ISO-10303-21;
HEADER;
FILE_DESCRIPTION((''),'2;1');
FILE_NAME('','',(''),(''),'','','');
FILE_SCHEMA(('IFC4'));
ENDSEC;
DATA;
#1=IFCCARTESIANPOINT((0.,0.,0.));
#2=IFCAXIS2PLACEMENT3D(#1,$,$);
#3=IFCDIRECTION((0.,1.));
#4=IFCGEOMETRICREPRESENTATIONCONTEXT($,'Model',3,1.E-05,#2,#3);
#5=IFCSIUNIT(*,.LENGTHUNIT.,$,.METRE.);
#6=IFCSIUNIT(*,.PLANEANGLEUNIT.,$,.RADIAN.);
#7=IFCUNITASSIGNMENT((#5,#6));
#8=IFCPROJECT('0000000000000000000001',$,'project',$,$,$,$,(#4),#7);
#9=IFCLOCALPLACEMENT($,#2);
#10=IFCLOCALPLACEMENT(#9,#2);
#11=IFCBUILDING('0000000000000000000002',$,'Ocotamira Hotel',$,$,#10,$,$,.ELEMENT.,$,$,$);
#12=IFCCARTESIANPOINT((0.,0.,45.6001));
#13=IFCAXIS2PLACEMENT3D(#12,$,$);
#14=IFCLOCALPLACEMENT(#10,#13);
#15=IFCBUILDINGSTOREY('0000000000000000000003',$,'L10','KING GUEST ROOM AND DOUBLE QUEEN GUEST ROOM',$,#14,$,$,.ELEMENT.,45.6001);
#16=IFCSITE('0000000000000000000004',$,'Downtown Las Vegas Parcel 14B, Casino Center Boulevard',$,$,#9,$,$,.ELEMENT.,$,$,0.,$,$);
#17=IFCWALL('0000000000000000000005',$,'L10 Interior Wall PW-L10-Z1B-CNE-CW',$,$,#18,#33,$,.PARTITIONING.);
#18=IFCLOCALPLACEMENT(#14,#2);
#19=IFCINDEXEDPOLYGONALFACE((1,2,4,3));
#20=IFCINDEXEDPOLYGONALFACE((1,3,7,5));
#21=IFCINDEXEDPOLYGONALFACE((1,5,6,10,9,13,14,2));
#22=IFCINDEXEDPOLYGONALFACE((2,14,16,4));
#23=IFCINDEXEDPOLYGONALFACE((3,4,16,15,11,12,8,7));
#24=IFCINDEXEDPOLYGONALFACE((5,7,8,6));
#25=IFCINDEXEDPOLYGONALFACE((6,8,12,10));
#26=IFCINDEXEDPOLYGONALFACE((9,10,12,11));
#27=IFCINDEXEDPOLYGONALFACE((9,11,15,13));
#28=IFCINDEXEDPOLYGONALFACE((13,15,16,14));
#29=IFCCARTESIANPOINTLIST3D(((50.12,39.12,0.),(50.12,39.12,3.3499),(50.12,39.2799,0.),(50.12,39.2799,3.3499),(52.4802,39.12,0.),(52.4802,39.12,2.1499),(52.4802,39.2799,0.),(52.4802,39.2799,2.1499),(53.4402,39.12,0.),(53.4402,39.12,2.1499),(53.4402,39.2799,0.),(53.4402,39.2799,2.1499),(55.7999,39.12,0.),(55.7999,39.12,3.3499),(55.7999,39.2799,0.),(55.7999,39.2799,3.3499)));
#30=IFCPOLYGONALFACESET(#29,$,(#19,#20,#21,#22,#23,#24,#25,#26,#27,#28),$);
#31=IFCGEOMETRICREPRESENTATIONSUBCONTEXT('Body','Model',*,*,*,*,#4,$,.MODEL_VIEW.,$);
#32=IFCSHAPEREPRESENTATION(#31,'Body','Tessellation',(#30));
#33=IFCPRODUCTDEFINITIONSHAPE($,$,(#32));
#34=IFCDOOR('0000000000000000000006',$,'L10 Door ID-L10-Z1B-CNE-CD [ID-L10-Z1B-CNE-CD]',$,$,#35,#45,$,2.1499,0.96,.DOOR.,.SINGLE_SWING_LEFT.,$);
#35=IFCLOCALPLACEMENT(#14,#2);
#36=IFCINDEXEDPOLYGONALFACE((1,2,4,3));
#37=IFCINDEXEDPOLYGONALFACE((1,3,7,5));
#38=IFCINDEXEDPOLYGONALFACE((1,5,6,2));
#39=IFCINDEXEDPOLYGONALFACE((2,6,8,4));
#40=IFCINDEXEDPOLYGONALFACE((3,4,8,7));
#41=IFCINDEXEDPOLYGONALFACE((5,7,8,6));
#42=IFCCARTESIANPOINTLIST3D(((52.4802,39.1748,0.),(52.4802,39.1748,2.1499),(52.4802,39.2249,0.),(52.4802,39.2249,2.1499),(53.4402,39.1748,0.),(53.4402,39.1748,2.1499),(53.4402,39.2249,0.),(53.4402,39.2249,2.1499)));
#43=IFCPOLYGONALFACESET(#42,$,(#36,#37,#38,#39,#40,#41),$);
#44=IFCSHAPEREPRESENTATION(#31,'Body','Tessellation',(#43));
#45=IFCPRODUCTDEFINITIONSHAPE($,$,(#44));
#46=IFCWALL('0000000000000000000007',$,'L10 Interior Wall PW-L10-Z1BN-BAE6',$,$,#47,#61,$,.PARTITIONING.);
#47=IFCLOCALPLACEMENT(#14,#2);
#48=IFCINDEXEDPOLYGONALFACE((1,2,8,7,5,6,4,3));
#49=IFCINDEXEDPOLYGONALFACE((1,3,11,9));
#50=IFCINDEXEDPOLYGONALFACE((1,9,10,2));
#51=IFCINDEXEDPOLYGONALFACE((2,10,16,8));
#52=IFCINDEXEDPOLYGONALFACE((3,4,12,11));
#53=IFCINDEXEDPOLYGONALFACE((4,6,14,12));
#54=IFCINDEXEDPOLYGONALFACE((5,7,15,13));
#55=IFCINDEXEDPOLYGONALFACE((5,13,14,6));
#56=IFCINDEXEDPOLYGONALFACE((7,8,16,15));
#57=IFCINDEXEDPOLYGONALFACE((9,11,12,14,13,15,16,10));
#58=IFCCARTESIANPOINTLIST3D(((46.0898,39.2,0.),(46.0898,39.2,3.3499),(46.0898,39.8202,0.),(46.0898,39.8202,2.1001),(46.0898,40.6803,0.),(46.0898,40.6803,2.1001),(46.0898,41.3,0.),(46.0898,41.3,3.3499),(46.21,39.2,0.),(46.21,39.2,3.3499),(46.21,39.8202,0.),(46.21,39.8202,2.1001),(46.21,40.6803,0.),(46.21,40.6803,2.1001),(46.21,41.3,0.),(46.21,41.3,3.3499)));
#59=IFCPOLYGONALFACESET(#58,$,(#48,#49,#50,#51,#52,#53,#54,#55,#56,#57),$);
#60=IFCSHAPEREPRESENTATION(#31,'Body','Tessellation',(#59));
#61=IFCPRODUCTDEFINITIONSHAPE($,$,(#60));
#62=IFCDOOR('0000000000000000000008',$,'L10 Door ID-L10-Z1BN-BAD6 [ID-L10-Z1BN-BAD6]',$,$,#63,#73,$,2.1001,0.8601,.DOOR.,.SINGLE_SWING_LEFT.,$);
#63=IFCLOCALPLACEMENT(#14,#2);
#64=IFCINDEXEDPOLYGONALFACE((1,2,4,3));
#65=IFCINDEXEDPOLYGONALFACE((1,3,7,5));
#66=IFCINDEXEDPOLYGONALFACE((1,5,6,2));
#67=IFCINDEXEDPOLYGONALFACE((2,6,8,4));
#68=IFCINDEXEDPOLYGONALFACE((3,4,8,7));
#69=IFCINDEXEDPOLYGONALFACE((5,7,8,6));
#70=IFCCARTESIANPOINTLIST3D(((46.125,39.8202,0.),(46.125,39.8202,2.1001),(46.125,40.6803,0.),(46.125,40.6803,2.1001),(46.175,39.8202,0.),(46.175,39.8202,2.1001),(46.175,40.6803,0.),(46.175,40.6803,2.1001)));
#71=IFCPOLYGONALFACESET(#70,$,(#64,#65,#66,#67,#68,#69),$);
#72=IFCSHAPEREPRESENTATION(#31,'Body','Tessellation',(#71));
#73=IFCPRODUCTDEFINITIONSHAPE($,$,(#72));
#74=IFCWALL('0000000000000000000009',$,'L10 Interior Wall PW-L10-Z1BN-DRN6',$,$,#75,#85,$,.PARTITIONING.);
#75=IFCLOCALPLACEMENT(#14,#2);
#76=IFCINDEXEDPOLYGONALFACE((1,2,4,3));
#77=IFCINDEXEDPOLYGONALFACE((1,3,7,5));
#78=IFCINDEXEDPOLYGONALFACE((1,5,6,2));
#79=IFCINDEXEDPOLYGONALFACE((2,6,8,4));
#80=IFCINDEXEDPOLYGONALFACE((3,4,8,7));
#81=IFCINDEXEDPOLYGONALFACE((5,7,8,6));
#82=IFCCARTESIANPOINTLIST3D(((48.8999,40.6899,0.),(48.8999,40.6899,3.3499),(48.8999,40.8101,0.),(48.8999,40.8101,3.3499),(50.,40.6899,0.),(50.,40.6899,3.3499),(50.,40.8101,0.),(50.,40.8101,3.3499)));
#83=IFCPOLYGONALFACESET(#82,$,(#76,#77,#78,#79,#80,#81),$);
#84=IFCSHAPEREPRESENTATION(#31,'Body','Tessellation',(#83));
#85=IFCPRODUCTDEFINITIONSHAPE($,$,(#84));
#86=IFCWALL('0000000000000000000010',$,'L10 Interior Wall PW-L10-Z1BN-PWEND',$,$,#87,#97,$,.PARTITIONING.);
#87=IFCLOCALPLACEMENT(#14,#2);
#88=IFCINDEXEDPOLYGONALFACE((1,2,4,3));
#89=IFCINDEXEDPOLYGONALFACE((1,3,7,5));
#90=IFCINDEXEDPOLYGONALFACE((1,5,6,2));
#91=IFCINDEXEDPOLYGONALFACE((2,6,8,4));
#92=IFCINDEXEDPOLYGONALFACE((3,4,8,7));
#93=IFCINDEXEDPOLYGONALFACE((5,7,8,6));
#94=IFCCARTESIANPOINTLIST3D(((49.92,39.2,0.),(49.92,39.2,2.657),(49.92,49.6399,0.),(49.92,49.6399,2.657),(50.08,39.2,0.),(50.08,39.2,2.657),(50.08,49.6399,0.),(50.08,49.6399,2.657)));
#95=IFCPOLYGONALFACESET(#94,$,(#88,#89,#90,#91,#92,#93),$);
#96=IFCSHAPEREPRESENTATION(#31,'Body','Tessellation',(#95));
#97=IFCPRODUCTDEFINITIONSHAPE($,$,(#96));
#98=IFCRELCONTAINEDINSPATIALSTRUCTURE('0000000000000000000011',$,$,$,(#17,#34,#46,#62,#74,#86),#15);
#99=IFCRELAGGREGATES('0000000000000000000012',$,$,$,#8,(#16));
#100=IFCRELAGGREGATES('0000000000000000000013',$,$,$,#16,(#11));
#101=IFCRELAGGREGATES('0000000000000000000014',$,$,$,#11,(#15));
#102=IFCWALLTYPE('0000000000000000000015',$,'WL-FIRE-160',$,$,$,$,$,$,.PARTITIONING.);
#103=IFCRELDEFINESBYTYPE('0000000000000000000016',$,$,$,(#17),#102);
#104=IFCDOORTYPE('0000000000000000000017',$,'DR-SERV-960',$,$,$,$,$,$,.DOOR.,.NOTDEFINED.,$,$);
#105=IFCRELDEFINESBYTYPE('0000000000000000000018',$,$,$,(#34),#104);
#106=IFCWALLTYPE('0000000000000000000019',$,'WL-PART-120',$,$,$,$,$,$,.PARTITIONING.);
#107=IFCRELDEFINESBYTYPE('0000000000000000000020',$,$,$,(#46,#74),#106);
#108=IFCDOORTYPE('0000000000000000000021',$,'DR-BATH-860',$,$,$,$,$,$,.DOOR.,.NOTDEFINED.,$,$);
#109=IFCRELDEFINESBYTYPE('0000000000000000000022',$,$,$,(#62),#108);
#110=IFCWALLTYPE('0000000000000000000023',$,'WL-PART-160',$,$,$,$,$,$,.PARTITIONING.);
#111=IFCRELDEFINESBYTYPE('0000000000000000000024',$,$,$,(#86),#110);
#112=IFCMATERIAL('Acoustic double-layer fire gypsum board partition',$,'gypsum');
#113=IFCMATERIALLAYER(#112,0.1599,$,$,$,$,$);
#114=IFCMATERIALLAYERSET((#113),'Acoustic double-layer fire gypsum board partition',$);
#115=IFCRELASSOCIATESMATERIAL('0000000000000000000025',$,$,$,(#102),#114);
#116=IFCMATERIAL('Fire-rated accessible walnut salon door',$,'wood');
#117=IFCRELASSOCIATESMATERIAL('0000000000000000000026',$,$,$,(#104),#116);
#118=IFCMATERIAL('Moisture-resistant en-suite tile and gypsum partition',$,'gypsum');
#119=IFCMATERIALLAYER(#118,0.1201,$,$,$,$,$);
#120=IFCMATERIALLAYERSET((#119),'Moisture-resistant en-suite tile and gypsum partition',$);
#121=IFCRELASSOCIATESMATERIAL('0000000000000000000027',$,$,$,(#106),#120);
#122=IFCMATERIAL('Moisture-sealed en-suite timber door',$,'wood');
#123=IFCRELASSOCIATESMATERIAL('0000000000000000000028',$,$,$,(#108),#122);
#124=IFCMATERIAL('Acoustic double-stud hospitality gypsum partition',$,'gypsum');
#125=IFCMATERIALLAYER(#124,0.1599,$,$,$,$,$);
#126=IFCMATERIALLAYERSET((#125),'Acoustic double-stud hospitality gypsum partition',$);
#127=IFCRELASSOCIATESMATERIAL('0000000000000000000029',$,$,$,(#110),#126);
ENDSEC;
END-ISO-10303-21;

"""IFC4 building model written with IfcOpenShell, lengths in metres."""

from ifc_helpers import new_model, si_unit, direction, frame, frame_2d, origin, place, context, subcontext, project, spatial, rectangle, extrude, source, transform, mapped, material, layer, layer_set, type_object, element, fill, save


model = new_model("IFC4")

# Units and contexts
model_context = context("Model", 3, precision=1e-05, world=origin(), true_north=direction((0.0, 1.0)))
body_context = subcontext(model_context, "Body", "Model", "MODEL_VIEW")
ifc_project = project(units=[si_unit("LENGTHUNIT", "METRE"), si_unit("PLANEANGLEUNIT", "RADIAN")], contexts=[model_context])

# Site, building, storey
site_placement = place(None, origin())
site = spatial("IfcSite", under=ifc_project, at=site_placement, Name="Downtown Las Vegas Parcel 14B, Casino Center Boulevard", CompositionType="ELEMENT", RefElevation=0.0)
building_placement = place(site_placement, origin())
building = spatial("IfcBuilding", under=site, at=building_placement, Name="Ocotamira Hotel", CompositionType="ELEMENT")
storey_placement = place(building_placement, frame((0.0, 0.0, 45.6001)))
storey = spatial("IfcBuildingStorey", under=building, at=storey_placement, Name="L10", Description="KING GUEST ROOM AND DOUBLE QUEEN GUEST ROOM", CompositionType="ELEMENT", Elevation=45.6001)

# Walls, openings, doors
ifc_material_1 = material(Name="Acoustic double-layer fire gypsum board partition", Category="gypsum")
ifc_layer_1 = layer(ifc_material_1, 0.1599)
ifc_layer_set_1 = layer_set([ifc_layer_1], Name="Acoustic double-layer fire gypsum board partition")
wall_type_1 = type_object("IfcWallType", Name="WL-FIRE-160", PredefinedType="PARTITIONING", material=ifc_layer_set_1)
wall_1_placement = place(storey_placement, frame((50.1201, 39.2, 0.0), z_axis=(0.0, 0.0, 1.0), x_axis=(1.0, 0.0, 0.0)))
wall_1 = element("IfcWall", 1, at=wall_1_placement, inside=storey, type_object=wall_type_1, Name="L10 Interior Wall PW-L10-Z1B-CNE-CW", PredefinedType="PARTITIONING", context=body_context, shape_type="SweptSolid", body=[
    extrude(rectangle(XDim=5.6799, YDim=0.1599, at=frame_2d((2.8398, 0.0))), origin(), (0.0, 0.0, 1.0), 3.3499),
])
opening_1_placement = place(wall_1_placement, frame((2.3601, 0.0, 0.0)))
opening_1 = element("IfcOpeningElement", 2, at=opening_1_placement, cuts=wall_1, PredefinedType="OPENING", context=body_context, shape_type="SweptSolid", body=[
    extrude(rectangle(XDim=0.96, YDim=2.1499, at=frame_2d((0.48, 1.075))), frame((0.0, 0.0898, 0.0), z_axis=(0.0, -1.0, 0.0), x_axis=(1.0, 0.0, 0.0)), (0.0, 0.0, 1.0), 0.1799),
])
ifc_material_2 = material(Name="Fire-rated accessible walnut salon door", Category="wood")
door_type_1 = type_object("IfcDoorType", Name="DR-SERV-960", OperationType="NOTDEFINED", PredefinedType="DOOR", material=ifc_material_2)
shared_shape_1 = source(origin(), body_context, "Body", "SweptSolid", [
    extrude(rectangle(XDim=0.96, YDim=2.1499, at=frame_2d((0.48, 1.075))), frame((0.0, 0.0249, 0.0), z_axis=(0.0, -1.0, 0.0), x_axis=(1.0, 0.0, 0.0)), (0.0, 0.0, 1.0), 0.05),
])
door_1_placement = place(opening_1_placement, origin())
door_1 = element("IfcDoor", 3, at=door_1_placement, inside=storey, type_object=door_type_1, Name="L10 Door ID-L10-Z1B-CNE-CD [ID-L10-Z1B-CNE-CD]", OperationType="SINGLE_SWING_LEFT", OverallHeight=2.1499, OverallWidth=0.96, PredefinedType="DOOR", context=body_context, shape_type="MappedRepresentation", body=[
    mapped(shared_shape_1, transform((0.0, 0.0, 0.0), scale=1.0)),
])
fill(opening_1, door_1)
ifc_material_3 = material(Name="Moisture-resistant en-suite tile and gypsum partition", Category="gypsum")
ifc_layer_2 = layer(ifc_material_3, 0.1201)
ifc_layer_set_2 = layer_set([ifc_layer_2], Name="Moisture-resistant en-suite tile and gypsum partition")
wall_type_2 = type_object("IfcWallType", Name="WL-PART-120", PredefinedType="PARTITIONING", material=ifc_layer_set_2)
wall_2_placement = place(storey_placement, frame((46.1499, 39.2, 0.0), z_axis=(0.0, 0.0, 1.0), x_axis=(0.0, 1.0, 0.0)))
wall_2 = element("IfcWall", 4, at=wall_2_placement, inside=storey, type_object=wall_type_2, Name="L10 Interior Wall PW-L10-Z1BN-BAE6", PredefinedType="PARTITIONING", context=body_context, shape_type="SweptSolid", body=[
    extrude(rectangle(XDim=2.1001, YDim=0.1201, at=frame_2d((1.05, 0.0))), origin(), (0.0, 0.0, 1.0), 3.3499),
])
opening_2_placement = place(wall_2_placement, frame((0.6201, 0.0, 0.0)))
opening_2 = element("IfcOpeningElement", 5, at=opening_2_placement, cuts=wall_2, PredefinedType="OPENING", context=body_context, shape_type="SweptSolid", body=[
    extrude(rectangle(XDim=0.8601, YDim=2.1001, at=frame_2d((0.4302, 1.05))), frame((0.0, 0.0701, 0.0), z_axis=(0.0, -1.0, 0.0), x_axis=(1.0, 0.0, 0.0)), (0.0, 0.0, 1.0), 0.1401),
])
ifc_material_4 = material(Name="Moisture-sealed en-suite timber door", Category="wood")
door_type_2 = type_object("IfcDoorType", Name="DR-BATH-860", OperationType="NOTDEFINED", PredefinedType="DOOR", material=ifc_material_4)
shared_shape_2 = source(origin(), body_context, "Body", "SweptSolid", [
    extrude(rectangle(XDim=0.8601, YDim=2.1001, at=frame_2d((0.4302, 1.05))), frame((0.0, 0.0249, 0.0), z_axis=(0.0, -1.0, 0.0), x_axis=(1.0, 0.0, 0.0)), (0.0, 0.0, 1.0), 0.05),
])
door_2_placement = place(opening_2_placement, origin())
door_2 = element("IfcDoor", 6, at=door_2_placement, inside=storey, type_object=door_type_2, Name="L10 Door ID-L10-Z1BN-BAD6 [ID-L10-Z1BN-BAD6]", OperationType="SINGLE_SWING_LEFT", OverallHeight=2.1001, OverallWidth=0.8601, PredefinedType="DOOR", context=body_context, shape_type="MappedRepresentation", body=[
    mapped(shared_shape_2, transform((0.0, 0.0, 0.0), scale=1.0)),
])
fill(opening_2, door_2)

# Walls
wall_3_placement = place(storey_placement, frame((48.8999, 40.75, 0.0), z_axis=(0.0, 0.0, 1.0), x_axis=(1.0, 0.0, 0.0)))
element("IfcWall", 7, at=wall_3_placement, inside=storey, type_object=wall_type_2, Name="L10 Interior Wall PW-L10-Z1BN-DRN6", PredefinedType="PARTITIONING", context=body_context, shape_type="SweptSolid", body=[
    extrude(rectangle(XDim=1.1001, YDim=0.1201, at=frame_2d((0.55, 0.0))), origin(), (0.0, 0.0, 1.0), 3.3499),
])
ifc_material_5 = material(Name="Acoustic double-stud hospitality gypsum partition", Category="gypsum")
ifc_layer_3 = layer(ifc_material_5, 0.1599)
ifc_layer_set_3 = layer_set([ifc_layer_3], Name="Acoustic double-stud hospitality gypsum partition")
wall_type_3 = type_object("IfcWallType", Name="WL-PART-160", PredefinedType="PARTITIONING", material=ifc_layer_set_3)
wall_4_placement = place(storey_placement, frame((50.0, 39.2, 0.0), z_axis=(0.0, 0.0, 1.0), x_axis=(0.0, 1.0, 0.0)))
element("IfcWall", 8, at=wall_4_placement, inside=storey, type_object=wall_type_3, Name="L10 Interior Wall PW-L10-Z1BN-PWEND", PredefinedType="PARTITIONING", context=body_context, shape_type="SweptSolid", body=[
    extrude(rectangle(XDim=10.4399, YDim=0.1599, at=frame_2d((5.22, 0.0))), origin(), (0.0, 0.0, 1.0), 2.657),
])

save(model, "model.ifc")
